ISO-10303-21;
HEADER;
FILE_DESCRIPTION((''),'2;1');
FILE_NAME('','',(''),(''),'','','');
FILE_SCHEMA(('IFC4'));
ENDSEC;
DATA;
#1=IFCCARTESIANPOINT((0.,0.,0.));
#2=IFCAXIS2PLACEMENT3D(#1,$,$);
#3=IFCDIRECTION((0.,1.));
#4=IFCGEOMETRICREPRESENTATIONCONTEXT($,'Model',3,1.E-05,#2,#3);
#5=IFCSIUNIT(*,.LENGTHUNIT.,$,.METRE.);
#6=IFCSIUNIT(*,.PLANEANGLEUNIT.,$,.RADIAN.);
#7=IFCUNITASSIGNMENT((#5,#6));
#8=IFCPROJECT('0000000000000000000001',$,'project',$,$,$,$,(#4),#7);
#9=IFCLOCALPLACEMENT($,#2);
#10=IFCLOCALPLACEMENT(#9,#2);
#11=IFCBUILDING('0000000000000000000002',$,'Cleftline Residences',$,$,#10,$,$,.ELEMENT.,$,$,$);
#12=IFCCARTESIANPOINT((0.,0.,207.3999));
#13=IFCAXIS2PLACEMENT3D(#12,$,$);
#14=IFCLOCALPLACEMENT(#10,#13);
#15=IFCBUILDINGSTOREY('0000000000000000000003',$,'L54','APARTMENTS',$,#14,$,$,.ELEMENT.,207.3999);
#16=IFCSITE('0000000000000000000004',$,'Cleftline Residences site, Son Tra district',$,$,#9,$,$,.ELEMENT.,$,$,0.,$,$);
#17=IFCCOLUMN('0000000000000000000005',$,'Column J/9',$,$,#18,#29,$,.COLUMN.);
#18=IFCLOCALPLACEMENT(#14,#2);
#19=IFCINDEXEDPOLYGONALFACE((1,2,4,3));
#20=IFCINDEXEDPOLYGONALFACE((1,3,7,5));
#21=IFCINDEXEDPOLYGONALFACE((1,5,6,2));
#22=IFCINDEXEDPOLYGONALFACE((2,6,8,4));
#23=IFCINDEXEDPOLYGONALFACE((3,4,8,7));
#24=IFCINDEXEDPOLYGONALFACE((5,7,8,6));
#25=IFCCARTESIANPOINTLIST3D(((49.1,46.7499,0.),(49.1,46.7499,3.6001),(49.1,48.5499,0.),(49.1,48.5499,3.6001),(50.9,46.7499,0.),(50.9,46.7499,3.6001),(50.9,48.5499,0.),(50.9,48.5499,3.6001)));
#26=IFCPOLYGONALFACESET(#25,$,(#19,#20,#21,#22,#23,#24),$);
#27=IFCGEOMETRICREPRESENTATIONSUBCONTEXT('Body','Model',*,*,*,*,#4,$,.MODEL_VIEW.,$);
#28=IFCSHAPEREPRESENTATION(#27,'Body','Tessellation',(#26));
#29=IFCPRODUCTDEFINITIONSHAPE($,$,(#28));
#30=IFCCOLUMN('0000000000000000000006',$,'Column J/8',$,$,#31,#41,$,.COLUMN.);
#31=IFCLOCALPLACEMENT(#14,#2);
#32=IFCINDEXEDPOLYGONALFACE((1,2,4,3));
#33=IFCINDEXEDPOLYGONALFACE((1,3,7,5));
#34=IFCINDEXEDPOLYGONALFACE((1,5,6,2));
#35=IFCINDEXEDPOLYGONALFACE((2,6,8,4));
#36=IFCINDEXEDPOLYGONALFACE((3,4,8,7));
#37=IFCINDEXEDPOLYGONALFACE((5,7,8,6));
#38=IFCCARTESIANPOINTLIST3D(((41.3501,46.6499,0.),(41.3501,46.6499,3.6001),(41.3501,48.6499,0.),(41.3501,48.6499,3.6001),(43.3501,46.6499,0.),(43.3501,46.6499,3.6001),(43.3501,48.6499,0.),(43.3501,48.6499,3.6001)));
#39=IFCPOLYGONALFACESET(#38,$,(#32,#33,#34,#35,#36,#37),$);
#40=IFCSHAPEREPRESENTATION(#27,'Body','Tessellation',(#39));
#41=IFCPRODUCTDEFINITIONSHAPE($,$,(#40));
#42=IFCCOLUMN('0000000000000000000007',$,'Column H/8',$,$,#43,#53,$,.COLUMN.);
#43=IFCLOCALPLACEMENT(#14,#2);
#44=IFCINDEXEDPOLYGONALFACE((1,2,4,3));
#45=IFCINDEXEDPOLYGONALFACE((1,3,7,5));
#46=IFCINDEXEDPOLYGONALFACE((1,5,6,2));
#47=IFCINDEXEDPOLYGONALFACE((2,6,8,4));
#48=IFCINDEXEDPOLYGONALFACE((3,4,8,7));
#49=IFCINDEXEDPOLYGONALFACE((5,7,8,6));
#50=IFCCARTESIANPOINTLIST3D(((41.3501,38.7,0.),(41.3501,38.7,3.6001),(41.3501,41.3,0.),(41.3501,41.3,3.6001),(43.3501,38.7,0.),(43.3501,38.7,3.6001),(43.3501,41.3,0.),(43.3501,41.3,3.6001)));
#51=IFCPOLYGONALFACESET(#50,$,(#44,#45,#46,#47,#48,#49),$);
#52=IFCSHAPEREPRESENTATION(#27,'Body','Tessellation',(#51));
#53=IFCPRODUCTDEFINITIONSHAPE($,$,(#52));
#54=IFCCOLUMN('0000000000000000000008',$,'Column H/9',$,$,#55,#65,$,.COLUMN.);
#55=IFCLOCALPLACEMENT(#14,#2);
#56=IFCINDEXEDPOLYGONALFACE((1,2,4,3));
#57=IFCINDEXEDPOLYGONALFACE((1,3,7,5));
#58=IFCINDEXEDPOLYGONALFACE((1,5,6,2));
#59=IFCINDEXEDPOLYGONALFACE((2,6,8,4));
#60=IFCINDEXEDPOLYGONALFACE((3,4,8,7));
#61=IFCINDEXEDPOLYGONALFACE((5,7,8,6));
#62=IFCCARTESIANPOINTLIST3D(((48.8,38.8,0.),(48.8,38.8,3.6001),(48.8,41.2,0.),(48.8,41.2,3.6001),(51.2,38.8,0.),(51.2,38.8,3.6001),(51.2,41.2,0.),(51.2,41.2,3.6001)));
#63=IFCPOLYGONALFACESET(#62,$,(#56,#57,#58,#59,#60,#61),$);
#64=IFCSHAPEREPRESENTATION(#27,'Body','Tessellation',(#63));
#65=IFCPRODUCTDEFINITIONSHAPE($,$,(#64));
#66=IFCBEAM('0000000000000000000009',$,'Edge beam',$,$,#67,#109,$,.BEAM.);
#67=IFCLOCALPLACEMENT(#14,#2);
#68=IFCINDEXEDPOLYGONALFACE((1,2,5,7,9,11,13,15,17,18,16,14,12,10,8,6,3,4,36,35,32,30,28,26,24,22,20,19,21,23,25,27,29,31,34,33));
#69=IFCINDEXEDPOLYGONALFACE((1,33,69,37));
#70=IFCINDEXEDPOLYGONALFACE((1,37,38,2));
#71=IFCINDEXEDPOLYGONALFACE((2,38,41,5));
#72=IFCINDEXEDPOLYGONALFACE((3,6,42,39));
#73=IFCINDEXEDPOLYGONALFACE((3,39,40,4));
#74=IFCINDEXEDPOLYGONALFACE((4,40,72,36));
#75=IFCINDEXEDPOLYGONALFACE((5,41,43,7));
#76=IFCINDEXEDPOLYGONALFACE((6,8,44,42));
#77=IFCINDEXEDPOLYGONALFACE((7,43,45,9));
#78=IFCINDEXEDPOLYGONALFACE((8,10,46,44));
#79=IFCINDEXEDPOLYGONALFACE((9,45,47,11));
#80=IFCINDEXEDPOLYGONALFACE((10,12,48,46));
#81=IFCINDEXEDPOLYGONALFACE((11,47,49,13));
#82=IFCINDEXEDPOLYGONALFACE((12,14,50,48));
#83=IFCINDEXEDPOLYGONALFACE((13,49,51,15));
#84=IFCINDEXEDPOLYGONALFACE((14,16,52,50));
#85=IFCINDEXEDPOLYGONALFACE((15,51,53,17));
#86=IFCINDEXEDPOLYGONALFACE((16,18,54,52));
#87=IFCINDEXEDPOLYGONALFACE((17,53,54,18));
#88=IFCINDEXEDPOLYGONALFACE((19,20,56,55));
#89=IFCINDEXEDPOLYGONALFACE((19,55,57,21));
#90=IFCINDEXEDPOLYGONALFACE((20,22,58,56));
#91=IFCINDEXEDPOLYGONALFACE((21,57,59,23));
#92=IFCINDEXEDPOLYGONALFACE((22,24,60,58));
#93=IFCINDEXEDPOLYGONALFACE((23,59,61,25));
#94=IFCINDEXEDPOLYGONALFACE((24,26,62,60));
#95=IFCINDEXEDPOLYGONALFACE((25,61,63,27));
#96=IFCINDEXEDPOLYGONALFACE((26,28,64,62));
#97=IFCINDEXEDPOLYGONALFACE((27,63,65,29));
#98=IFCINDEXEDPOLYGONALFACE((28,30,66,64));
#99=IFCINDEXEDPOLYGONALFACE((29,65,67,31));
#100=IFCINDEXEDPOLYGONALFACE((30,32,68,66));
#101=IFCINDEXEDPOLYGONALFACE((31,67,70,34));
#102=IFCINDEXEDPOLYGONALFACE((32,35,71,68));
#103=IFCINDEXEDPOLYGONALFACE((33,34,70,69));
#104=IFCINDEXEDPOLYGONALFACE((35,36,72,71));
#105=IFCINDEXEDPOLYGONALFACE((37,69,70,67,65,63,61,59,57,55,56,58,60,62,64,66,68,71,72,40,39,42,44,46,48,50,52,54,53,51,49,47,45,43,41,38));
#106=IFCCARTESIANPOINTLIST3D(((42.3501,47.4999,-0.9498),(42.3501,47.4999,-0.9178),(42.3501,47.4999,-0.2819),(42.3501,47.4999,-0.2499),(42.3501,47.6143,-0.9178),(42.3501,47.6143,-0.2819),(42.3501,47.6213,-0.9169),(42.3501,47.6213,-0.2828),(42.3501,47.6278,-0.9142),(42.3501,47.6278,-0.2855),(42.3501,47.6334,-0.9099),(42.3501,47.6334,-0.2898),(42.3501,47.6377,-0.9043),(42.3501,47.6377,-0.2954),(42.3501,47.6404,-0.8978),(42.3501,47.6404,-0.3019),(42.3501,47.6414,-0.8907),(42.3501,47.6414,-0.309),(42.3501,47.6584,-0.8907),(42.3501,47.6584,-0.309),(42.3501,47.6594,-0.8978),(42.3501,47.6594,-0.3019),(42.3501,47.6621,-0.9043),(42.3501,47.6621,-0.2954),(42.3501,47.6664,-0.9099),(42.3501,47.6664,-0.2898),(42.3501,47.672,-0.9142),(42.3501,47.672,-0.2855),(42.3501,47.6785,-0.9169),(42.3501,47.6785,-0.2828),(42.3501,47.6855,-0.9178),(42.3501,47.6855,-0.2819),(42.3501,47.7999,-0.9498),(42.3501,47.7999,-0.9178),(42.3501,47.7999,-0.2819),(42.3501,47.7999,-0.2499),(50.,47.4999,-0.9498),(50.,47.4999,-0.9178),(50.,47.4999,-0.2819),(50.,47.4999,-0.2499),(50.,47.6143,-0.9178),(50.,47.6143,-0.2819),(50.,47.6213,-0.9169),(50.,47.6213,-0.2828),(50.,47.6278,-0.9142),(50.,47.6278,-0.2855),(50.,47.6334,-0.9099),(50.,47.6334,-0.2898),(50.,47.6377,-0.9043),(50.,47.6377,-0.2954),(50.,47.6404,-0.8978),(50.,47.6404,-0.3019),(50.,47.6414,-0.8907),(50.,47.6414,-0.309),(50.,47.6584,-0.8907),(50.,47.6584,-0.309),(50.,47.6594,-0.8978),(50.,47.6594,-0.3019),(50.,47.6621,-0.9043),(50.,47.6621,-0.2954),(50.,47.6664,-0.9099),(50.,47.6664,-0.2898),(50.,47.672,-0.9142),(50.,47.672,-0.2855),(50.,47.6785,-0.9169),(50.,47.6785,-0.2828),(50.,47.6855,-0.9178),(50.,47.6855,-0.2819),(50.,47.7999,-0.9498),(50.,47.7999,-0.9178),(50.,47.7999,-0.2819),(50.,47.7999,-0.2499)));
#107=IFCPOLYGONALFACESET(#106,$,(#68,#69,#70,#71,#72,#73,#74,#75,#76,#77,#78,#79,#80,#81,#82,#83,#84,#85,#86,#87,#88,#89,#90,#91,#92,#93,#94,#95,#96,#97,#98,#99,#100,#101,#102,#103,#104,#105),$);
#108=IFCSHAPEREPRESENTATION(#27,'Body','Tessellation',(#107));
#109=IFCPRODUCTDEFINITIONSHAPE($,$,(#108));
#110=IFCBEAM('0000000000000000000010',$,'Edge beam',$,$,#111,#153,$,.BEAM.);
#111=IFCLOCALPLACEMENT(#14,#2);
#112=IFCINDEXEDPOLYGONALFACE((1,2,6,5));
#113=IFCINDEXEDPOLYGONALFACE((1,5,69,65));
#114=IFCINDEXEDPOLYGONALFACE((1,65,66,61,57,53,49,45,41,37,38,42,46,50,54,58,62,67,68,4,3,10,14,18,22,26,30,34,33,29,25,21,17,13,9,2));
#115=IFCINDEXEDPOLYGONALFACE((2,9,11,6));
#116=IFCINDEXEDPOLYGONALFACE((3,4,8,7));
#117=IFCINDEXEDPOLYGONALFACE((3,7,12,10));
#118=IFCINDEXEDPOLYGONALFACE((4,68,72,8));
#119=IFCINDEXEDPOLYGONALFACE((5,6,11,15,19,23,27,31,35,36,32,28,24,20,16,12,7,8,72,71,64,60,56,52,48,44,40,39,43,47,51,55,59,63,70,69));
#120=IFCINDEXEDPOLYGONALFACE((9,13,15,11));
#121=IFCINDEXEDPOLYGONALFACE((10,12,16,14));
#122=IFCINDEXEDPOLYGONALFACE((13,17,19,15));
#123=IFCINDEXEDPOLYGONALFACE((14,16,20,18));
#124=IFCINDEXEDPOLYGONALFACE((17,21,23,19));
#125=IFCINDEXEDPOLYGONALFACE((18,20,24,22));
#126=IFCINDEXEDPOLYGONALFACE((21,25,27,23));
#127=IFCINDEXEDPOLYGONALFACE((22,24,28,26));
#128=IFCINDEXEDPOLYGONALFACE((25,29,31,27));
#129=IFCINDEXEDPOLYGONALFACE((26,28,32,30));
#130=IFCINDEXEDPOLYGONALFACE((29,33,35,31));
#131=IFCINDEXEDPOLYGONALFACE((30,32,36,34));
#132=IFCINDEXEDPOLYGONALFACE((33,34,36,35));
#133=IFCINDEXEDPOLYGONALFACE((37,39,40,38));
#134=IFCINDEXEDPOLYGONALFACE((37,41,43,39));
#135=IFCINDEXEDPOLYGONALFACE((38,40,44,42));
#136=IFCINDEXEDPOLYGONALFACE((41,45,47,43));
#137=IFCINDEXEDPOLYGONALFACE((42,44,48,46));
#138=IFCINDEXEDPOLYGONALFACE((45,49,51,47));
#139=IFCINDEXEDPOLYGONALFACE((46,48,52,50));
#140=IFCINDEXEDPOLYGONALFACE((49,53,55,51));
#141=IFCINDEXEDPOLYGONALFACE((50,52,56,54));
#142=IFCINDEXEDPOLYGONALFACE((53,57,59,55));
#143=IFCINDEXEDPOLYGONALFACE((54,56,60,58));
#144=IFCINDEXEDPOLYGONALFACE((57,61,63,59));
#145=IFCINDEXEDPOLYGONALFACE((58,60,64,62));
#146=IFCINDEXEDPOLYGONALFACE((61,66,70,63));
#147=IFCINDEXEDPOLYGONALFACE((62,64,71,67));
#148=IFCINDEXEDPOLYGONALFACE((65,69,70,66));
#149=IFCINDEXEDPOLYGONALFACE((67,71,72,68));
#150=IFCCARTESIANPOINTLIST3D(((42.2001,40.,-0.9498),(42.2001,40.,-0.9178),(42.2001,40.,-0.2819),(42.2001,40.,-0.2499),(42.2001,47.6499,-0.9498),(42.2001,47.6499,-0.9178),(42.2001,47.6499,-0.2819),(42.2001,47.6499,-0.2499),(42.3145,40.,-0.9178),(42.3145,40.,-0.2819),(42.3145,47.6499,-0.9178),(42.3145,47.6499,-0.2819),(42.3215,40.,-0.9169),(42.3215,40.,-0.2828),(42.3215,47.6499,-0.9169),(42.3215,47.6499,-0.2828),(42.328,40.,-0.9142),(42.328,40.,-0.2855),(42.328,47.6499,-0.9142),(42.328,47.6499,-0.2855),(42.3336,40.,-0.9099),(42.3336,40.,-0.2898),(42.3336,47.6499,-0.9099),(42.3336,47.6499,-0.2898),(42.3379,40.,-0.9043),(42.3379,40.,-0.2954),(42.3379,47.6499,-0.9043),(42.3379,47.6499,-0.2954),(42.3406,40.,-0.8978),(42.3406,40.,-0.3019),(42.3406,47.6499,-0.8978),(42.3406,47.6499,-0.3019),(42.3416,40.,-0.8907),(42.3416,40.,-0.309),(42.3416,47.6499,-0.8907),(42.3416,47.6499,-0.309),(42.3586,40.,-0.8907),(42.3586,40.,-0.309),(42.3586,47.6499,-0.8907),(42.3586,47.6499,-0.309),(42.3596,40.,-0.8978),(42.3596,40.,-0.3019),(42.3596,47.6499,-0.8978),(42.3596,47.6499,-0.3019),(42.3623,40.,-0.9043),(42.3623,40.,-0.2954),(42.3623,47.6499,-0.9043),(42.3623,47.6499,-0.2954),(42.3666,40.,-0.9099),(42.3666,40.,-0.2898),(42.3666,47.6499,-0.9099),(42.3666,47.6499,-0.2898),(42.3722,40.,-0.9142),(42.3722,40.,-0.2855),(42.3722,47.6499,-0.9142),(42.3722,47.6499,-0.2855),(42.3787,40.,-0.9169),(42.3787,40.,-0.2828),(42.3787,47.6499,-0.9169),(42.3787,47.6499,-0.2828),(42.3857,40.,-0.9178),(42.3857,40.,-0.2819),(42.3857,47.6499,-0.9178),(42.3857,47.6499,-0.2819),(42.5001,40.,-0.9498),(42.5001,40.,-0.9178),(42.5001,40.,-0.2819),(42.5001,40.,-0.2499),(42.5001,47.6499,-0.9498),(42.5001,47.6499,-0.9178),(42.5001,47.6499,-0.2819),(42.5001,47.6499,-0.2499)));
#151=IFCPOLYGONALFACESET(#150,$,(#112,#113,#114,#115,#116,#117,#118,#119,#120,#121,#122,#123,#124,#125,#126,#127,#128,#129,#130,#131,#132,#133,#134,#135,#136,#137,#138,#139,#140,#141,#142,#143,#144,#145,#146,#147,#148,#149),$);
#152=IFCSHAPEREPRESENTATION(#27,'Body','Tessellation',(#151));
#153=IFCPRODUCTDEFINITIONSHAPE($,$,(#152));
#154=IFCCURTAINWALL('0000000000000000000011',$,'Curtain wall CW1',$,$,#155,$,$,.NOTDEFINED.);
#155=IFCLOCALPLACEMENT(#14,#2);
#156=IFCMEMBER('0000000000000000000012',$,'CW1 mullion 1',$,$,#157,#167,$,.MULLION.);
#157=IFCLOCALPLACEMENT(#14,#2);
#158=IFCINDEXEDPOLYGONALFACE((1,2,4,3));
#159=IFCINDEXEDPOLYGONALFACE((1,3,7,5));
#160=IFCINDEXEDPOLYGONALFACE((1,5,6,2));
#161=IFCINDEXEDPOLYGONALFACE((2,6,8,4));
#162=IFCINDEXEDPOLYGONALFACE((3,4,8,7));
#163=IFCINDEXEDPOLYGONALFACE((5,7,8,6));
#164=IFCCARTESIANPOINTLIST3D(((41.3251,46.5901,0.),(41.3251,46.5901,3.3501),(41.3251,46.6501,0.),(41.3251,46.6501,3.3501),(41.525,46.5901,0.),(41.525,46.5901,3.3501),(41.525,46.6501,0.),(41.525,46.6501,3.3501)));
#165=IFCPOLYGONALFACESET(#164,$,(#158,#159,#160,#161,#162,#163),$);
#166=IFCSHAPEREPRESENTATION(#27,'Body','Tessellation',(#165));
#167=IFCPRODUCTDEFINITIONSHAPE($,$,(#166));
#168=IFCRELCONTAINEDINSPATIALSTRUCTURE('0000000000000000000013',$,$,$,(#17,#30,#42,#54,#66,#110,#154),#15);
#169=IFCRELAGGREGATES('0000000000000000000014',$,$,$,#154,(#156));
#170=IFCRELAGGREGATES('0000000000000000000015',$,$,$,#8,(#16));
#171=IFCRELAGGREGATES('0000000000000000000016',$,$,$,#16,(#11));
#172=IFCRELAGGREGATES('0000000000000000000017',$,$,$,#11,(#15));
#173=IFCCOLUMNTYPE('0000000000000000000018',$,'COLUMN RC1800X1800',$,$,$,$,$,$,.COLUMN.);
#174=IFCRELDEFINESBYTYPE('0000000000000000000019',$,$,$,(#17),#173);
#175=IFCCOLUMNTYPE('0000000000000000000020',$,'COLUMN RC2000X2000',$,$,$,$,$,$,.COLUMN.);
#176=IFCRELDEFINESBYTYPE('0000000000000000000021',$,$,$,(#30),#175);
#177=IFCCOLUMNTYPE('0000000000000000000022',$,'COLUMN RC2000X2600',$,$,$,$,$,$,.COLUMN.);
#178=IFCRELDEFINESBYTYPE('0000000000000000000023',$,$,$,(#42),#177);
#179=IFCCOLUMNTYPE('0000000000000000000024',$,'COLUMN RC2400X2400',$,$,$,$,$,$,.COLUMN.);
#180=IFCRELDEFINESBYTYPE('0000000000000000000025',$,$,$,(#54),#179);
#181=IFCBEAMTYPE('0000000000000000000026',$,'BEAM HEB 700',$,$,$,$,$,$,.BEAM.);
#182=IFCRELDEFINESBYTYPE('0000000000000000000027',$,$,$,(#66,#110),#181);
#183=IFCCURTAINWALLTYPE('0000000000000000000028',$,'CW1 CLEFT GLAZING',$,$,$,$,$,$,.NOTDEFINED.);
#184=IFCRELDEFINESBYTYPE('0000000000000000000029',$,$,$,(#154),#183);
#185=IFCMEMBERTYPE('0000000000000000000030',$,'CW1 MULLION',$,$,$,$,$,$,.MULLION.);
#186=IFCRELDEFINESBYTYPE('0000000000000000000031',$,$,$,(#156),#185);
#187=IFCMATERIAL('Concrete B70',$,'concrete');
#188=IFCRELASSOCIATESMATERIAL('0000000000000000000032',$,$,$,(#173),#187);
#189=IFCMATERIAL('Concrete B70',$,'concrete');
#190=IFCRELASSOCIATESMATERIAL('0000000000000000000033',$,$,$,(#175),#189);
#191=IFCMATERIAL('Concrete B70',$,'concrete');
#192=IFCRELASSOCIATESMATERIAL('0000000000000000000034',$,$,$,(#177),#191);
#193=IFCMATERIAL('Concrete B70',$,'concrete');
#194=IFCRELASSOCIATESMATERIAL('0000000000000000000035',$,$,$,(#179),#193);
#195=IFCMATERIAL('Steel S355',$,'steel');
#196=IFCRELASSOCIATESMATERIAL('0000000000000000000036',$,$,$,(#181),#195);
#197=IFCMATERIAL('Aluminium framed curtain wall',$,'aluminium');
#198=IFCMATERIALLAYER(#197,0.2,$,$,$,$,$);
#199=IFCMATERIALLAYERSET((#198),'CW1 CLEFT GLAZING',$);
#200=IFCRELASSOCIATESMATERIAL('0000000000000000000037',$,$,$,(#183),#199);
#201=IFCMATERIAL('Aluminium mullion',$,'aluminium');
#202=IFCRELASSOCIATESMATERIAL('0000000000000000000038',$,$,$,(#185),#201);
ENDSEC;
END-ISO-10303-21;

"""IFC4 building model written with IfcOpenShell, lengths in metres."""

from ifc_helpers import new_model, si_unit, direction, frame, origin, origin_2d, place, context, subcontext, project, spatial, rectangle, i_section, extrude, material, layer, layer_set, material_profile, profile_set, type_object, element, aggregate, save


model = new_model("IFC4")

# Units and contexts
model_context = context("Model", 3, precision=1e-05, world=origin(), true_north=direction((0.0, 1.0)))
body_context = subcontext(model_context, "Body", "Model", "MODEL_VIEW")
ifc_project = project(units=[si_unit("LENGTHUNIT", "METRE"), si_unit("PLANEANGLEUNIT", "RADIAN")], contexts=[model_context])

# Site, building, storey
site_placement = place(None, origin())
site = spatial("IfcSite", under=ifc_project, at=site_placement, Name="Cleftline Residences site, Son Tra district", CompositionType="ELEMENT", RefElevation=0.0)
building_placement = place(site_placement, origin())
building = spatial("IfcBuilding", under=site, at=building_placement, Name="Cleftline Residences", CompositionType="ELEMENT")
storey_placement = place(building_placement, frame((0.0, 0.0, 207.3999)))
storey = spatial("IfcBuildingStorey", under=building, at=storey_placement, Name="L54", Description="APARTMENTS", CompositionType="ELEMENT", Elevation=207.3999)

# Columns
ifc_material_1 = material(Name="Concrete B70", Category="concrete")
ifc_material_profile_1 = material_profile(ifc_material_1, rectangle(XDim=1.8, YDim=1.8, at=origin_2d()))
ifc_profile_set_1 = profile_set([ifc_material_profile_1], Name="Concrete B70")
column_type_1 = type_object("IfcColumnType", Name="COLUMN RC1800X1800", PredefinedType="COLUMN", material=ifc_profile_set_1)
column_1_placement = place(storey_placement, frame((50.0, 47.6499, 0.0), z_axis=(0.0, 0.0, 1.0), x_axis=(1.0, 0.0, 0.0)))
element("IfcColumn", 1, at=column_1_placement, inside=storey, type_object=column_type_1, Name="Column J/9", PredefinedType="COLUMN", context=body_context, shape_type="SweptSolid", body=[
    extrude(rectangle(XDim=1.8, YDim=1.8, at=origin_2d()), origin(), (0.0, 0.0, 1.0), 3.6001),
])
ifc_material_2 = material(Name="Concrete B70", Category="concrete")
ifc_material_profile_2 = material_profile(ifc_material_2, rectangle(XDim=2.0, YDim=2.0, at=origin_2d()))
ifc_profile_set_2 = profile_set([ifc_material_profile_2], Name="Concrete B70")
column_type_2 = type_object("IfcColumnType", Name="COLUMN RC2000X2000", PredefinedType="COLUMN", material=ifc_profile_set_2)
column_2_placement = place(storey_placement, frame((42.3501, 47.6499, 0.0), z_axis=(0.0, 0.0, 1.0), x_axis=(1.0, 0.0, 0.0)))
element("IfcColumn", 2, at=column_2_placement, inside=storey, type_object=column_type_2, Name="Column J/8", PredefinedType="COLUMN", context=body_context, shape_type="SweptSolid", body=[
    extrude(rectangle(XDim=2.0, YDim=2.0, at=origin_2d()), origin(), (0.0, 0.0, 1.0), 3.6001),
])
ifc_material_3 = material(Name="Concrete B70", Category="concrete")
ifc_material_profile_3 = material_profile(ifc_material_3, rectangle(XDim=2.0, YDim=2.6001, at=origin_2d()))
ifc_profile_set_3 = profile_set([ifc_material_profile_3], Name="Concrete B70")
column_type_3 = type_object("IfcColumnType", Name="COLUMN RC2000X2600", PredefinedType="COLUMN", material=ifc_profile_set_3)
column_3_placement = place(storey_placement, frame((42.3501, 40.0, 0.0), z_axis=(0.0, 0.0, 1.0), x_axis=(1.0, 0.0, 0.0)))
element("IfcColumn", 3, at=column_3_placement, inside=storey, type_object=column_type_3, Name="Column H/8", PredefinedType="COLUMN", context=body_context, shape_type="SweptSolid", body=[
    extrude(rectangle(XDim=2.0, YDim=2.6001, at=origin_2d()), origin(), (0.0, 0.0, 1.0), 3.6001),
])
ifc_material_4 = material(Name="Concrete B70", Category="concrete")
ifc_material_profile_4 = material_profile(ifc_material_4, rectangle(XDim=2.3999, YDim=2.3999, at=origin_2d()))
ifc_profile_set_4 = profile_set([ifc_material_profile_4], Name="Concrete B70")
column_type_4 = type_object("IfcColumnType", Name="COLUMN RC2400X2400", PredefinedType="COLUMN", material=ifc_profile_set_4)
column_4_placement = place(storey_placement, frame((50.0, 40.0, 0.0), z_axis=(0.0, 0.0, 1.0), x_axis=(1.0, 0.0, 0.0)))
element("IfcColumn", 4, at=column_4_placement, inside=storey, type_object=column_type_4, Name="Column H/9", PredefinedType="COLUMN", context=body_context, shape_type="SweptSolid", body=[
    extrude(rectangle(XDim=2.3999, YDim=2.3999, at=origin_2d()), origin(), (0.0, 0.0, 1.0), 3.6001),
])

# Beams
ifc_material_5 = material(Name="Steel S355", Category="steel")
ifc_material_profile_5 = material_profile(ifc_material_5, i_section(OverallWidth=0.3, OverallDepth=0.7, WebThickness=0.0171, FlangeThickness=0.032, FilletRadius=0.0271, at=origin_2d()))
ifc_profile_set_5 = profile_set([ifc_material_profile_5], Name="Steel S355")
beam_type = type_object("IfcBeamType", Name="BEAM HEB 700", PredefinedType="BEAM", material=ifc_profile_set_5)
for number, where, z_axis, x_axis, name in (
    (5, (50.0, 47.6499, -0.5999), (-1.0, 0.0, 0.0), (0.0, -1.0, 0.0), "Edge beam"),
    (6, (42.3501, 47.6499, -0.5999), (0.0, -1.0, 0.0), (1.0, 0.0, 0.0), "Edge beam"),
):
    element("IfcBeam", number, at=place(storey_placement, frame(where, z_axis=z_axis, x_axis=x_axis)), inside=storey, type_object=beam_type, Name=name, PredefinedType="BEAM", context=body_context, shape_type="SweptSolid", body=[
        extrude(i_section(OverallWidth=0.3, OverallDepth=0.7, WebThickness=0.0171, FlangeThickness=0.032, FilletRadius=0.0271, at=origin_2d()), origin(), (0.0, 0.0, 1.0), 7.6499),
    ])

# Curtain wall, member
ifc_material_6 = material(Name="Aluminium framed curtain wall", Category="aluminium")
ifc_layer_1 = layer(ifc_material_6, 0.2)
ifc_layer_set_1 = layer_set([ifc_layer_1], Name="CW1 CLEFT GLAZING")
curtain_wall_type = type_object("IfcCurtainWallType", Name="CW1 CLEFT GLAZING", PredefinedType="NOTDEFINED", material=ifc_layer_set_1)
curtain_wall_placement = place(storey_placement, origin())
curtain_wall = element("IfcCurtainWall", 7, at=curtain_wall_placement, inside=storey, type_object=curtain_wall_type, Name="Curtain wall CW1", PredefinedType="NOTDEFINED")
ifc_material_7 = material(Name="Aluminium mullion", Category="aluminium")
ifc_material_profile_6 = material_profile(ifc_material_7, rectangle(XDim=0.2, YDim=0.0601, at=origin_2d()))
ifc_profile_set_6 = profile_set([ifc_material_profile_6], Name="Aluminium mullion")
member_type = type_object("IfcMemberType", Name="CW1 MULLION", PredefinedType="MULLION", material=ifc_profile_set_6)
member_placement = place(storey_placement, frame((41.425, 46.6201, 0.0), z_axis=(0.0, 0.0, 1.0), x_axis=(1.0, 0.0, 0.0)))
member = element("IfcMember", 8, at=member_placement, type_object=member_type, Name="CW1 mullion 1", PredefinedType="MULLION", context=body_context, shape_type="SweptSolid", body=[
    extrude(rectangle(XDim=0.2, YDim=0.0601, at=origin_2d()), origin(), (0.0, 0.0, 1.0), 3.3501),
])
aggregate(curtain_wall, [member])

save(model, "model.ifc")
